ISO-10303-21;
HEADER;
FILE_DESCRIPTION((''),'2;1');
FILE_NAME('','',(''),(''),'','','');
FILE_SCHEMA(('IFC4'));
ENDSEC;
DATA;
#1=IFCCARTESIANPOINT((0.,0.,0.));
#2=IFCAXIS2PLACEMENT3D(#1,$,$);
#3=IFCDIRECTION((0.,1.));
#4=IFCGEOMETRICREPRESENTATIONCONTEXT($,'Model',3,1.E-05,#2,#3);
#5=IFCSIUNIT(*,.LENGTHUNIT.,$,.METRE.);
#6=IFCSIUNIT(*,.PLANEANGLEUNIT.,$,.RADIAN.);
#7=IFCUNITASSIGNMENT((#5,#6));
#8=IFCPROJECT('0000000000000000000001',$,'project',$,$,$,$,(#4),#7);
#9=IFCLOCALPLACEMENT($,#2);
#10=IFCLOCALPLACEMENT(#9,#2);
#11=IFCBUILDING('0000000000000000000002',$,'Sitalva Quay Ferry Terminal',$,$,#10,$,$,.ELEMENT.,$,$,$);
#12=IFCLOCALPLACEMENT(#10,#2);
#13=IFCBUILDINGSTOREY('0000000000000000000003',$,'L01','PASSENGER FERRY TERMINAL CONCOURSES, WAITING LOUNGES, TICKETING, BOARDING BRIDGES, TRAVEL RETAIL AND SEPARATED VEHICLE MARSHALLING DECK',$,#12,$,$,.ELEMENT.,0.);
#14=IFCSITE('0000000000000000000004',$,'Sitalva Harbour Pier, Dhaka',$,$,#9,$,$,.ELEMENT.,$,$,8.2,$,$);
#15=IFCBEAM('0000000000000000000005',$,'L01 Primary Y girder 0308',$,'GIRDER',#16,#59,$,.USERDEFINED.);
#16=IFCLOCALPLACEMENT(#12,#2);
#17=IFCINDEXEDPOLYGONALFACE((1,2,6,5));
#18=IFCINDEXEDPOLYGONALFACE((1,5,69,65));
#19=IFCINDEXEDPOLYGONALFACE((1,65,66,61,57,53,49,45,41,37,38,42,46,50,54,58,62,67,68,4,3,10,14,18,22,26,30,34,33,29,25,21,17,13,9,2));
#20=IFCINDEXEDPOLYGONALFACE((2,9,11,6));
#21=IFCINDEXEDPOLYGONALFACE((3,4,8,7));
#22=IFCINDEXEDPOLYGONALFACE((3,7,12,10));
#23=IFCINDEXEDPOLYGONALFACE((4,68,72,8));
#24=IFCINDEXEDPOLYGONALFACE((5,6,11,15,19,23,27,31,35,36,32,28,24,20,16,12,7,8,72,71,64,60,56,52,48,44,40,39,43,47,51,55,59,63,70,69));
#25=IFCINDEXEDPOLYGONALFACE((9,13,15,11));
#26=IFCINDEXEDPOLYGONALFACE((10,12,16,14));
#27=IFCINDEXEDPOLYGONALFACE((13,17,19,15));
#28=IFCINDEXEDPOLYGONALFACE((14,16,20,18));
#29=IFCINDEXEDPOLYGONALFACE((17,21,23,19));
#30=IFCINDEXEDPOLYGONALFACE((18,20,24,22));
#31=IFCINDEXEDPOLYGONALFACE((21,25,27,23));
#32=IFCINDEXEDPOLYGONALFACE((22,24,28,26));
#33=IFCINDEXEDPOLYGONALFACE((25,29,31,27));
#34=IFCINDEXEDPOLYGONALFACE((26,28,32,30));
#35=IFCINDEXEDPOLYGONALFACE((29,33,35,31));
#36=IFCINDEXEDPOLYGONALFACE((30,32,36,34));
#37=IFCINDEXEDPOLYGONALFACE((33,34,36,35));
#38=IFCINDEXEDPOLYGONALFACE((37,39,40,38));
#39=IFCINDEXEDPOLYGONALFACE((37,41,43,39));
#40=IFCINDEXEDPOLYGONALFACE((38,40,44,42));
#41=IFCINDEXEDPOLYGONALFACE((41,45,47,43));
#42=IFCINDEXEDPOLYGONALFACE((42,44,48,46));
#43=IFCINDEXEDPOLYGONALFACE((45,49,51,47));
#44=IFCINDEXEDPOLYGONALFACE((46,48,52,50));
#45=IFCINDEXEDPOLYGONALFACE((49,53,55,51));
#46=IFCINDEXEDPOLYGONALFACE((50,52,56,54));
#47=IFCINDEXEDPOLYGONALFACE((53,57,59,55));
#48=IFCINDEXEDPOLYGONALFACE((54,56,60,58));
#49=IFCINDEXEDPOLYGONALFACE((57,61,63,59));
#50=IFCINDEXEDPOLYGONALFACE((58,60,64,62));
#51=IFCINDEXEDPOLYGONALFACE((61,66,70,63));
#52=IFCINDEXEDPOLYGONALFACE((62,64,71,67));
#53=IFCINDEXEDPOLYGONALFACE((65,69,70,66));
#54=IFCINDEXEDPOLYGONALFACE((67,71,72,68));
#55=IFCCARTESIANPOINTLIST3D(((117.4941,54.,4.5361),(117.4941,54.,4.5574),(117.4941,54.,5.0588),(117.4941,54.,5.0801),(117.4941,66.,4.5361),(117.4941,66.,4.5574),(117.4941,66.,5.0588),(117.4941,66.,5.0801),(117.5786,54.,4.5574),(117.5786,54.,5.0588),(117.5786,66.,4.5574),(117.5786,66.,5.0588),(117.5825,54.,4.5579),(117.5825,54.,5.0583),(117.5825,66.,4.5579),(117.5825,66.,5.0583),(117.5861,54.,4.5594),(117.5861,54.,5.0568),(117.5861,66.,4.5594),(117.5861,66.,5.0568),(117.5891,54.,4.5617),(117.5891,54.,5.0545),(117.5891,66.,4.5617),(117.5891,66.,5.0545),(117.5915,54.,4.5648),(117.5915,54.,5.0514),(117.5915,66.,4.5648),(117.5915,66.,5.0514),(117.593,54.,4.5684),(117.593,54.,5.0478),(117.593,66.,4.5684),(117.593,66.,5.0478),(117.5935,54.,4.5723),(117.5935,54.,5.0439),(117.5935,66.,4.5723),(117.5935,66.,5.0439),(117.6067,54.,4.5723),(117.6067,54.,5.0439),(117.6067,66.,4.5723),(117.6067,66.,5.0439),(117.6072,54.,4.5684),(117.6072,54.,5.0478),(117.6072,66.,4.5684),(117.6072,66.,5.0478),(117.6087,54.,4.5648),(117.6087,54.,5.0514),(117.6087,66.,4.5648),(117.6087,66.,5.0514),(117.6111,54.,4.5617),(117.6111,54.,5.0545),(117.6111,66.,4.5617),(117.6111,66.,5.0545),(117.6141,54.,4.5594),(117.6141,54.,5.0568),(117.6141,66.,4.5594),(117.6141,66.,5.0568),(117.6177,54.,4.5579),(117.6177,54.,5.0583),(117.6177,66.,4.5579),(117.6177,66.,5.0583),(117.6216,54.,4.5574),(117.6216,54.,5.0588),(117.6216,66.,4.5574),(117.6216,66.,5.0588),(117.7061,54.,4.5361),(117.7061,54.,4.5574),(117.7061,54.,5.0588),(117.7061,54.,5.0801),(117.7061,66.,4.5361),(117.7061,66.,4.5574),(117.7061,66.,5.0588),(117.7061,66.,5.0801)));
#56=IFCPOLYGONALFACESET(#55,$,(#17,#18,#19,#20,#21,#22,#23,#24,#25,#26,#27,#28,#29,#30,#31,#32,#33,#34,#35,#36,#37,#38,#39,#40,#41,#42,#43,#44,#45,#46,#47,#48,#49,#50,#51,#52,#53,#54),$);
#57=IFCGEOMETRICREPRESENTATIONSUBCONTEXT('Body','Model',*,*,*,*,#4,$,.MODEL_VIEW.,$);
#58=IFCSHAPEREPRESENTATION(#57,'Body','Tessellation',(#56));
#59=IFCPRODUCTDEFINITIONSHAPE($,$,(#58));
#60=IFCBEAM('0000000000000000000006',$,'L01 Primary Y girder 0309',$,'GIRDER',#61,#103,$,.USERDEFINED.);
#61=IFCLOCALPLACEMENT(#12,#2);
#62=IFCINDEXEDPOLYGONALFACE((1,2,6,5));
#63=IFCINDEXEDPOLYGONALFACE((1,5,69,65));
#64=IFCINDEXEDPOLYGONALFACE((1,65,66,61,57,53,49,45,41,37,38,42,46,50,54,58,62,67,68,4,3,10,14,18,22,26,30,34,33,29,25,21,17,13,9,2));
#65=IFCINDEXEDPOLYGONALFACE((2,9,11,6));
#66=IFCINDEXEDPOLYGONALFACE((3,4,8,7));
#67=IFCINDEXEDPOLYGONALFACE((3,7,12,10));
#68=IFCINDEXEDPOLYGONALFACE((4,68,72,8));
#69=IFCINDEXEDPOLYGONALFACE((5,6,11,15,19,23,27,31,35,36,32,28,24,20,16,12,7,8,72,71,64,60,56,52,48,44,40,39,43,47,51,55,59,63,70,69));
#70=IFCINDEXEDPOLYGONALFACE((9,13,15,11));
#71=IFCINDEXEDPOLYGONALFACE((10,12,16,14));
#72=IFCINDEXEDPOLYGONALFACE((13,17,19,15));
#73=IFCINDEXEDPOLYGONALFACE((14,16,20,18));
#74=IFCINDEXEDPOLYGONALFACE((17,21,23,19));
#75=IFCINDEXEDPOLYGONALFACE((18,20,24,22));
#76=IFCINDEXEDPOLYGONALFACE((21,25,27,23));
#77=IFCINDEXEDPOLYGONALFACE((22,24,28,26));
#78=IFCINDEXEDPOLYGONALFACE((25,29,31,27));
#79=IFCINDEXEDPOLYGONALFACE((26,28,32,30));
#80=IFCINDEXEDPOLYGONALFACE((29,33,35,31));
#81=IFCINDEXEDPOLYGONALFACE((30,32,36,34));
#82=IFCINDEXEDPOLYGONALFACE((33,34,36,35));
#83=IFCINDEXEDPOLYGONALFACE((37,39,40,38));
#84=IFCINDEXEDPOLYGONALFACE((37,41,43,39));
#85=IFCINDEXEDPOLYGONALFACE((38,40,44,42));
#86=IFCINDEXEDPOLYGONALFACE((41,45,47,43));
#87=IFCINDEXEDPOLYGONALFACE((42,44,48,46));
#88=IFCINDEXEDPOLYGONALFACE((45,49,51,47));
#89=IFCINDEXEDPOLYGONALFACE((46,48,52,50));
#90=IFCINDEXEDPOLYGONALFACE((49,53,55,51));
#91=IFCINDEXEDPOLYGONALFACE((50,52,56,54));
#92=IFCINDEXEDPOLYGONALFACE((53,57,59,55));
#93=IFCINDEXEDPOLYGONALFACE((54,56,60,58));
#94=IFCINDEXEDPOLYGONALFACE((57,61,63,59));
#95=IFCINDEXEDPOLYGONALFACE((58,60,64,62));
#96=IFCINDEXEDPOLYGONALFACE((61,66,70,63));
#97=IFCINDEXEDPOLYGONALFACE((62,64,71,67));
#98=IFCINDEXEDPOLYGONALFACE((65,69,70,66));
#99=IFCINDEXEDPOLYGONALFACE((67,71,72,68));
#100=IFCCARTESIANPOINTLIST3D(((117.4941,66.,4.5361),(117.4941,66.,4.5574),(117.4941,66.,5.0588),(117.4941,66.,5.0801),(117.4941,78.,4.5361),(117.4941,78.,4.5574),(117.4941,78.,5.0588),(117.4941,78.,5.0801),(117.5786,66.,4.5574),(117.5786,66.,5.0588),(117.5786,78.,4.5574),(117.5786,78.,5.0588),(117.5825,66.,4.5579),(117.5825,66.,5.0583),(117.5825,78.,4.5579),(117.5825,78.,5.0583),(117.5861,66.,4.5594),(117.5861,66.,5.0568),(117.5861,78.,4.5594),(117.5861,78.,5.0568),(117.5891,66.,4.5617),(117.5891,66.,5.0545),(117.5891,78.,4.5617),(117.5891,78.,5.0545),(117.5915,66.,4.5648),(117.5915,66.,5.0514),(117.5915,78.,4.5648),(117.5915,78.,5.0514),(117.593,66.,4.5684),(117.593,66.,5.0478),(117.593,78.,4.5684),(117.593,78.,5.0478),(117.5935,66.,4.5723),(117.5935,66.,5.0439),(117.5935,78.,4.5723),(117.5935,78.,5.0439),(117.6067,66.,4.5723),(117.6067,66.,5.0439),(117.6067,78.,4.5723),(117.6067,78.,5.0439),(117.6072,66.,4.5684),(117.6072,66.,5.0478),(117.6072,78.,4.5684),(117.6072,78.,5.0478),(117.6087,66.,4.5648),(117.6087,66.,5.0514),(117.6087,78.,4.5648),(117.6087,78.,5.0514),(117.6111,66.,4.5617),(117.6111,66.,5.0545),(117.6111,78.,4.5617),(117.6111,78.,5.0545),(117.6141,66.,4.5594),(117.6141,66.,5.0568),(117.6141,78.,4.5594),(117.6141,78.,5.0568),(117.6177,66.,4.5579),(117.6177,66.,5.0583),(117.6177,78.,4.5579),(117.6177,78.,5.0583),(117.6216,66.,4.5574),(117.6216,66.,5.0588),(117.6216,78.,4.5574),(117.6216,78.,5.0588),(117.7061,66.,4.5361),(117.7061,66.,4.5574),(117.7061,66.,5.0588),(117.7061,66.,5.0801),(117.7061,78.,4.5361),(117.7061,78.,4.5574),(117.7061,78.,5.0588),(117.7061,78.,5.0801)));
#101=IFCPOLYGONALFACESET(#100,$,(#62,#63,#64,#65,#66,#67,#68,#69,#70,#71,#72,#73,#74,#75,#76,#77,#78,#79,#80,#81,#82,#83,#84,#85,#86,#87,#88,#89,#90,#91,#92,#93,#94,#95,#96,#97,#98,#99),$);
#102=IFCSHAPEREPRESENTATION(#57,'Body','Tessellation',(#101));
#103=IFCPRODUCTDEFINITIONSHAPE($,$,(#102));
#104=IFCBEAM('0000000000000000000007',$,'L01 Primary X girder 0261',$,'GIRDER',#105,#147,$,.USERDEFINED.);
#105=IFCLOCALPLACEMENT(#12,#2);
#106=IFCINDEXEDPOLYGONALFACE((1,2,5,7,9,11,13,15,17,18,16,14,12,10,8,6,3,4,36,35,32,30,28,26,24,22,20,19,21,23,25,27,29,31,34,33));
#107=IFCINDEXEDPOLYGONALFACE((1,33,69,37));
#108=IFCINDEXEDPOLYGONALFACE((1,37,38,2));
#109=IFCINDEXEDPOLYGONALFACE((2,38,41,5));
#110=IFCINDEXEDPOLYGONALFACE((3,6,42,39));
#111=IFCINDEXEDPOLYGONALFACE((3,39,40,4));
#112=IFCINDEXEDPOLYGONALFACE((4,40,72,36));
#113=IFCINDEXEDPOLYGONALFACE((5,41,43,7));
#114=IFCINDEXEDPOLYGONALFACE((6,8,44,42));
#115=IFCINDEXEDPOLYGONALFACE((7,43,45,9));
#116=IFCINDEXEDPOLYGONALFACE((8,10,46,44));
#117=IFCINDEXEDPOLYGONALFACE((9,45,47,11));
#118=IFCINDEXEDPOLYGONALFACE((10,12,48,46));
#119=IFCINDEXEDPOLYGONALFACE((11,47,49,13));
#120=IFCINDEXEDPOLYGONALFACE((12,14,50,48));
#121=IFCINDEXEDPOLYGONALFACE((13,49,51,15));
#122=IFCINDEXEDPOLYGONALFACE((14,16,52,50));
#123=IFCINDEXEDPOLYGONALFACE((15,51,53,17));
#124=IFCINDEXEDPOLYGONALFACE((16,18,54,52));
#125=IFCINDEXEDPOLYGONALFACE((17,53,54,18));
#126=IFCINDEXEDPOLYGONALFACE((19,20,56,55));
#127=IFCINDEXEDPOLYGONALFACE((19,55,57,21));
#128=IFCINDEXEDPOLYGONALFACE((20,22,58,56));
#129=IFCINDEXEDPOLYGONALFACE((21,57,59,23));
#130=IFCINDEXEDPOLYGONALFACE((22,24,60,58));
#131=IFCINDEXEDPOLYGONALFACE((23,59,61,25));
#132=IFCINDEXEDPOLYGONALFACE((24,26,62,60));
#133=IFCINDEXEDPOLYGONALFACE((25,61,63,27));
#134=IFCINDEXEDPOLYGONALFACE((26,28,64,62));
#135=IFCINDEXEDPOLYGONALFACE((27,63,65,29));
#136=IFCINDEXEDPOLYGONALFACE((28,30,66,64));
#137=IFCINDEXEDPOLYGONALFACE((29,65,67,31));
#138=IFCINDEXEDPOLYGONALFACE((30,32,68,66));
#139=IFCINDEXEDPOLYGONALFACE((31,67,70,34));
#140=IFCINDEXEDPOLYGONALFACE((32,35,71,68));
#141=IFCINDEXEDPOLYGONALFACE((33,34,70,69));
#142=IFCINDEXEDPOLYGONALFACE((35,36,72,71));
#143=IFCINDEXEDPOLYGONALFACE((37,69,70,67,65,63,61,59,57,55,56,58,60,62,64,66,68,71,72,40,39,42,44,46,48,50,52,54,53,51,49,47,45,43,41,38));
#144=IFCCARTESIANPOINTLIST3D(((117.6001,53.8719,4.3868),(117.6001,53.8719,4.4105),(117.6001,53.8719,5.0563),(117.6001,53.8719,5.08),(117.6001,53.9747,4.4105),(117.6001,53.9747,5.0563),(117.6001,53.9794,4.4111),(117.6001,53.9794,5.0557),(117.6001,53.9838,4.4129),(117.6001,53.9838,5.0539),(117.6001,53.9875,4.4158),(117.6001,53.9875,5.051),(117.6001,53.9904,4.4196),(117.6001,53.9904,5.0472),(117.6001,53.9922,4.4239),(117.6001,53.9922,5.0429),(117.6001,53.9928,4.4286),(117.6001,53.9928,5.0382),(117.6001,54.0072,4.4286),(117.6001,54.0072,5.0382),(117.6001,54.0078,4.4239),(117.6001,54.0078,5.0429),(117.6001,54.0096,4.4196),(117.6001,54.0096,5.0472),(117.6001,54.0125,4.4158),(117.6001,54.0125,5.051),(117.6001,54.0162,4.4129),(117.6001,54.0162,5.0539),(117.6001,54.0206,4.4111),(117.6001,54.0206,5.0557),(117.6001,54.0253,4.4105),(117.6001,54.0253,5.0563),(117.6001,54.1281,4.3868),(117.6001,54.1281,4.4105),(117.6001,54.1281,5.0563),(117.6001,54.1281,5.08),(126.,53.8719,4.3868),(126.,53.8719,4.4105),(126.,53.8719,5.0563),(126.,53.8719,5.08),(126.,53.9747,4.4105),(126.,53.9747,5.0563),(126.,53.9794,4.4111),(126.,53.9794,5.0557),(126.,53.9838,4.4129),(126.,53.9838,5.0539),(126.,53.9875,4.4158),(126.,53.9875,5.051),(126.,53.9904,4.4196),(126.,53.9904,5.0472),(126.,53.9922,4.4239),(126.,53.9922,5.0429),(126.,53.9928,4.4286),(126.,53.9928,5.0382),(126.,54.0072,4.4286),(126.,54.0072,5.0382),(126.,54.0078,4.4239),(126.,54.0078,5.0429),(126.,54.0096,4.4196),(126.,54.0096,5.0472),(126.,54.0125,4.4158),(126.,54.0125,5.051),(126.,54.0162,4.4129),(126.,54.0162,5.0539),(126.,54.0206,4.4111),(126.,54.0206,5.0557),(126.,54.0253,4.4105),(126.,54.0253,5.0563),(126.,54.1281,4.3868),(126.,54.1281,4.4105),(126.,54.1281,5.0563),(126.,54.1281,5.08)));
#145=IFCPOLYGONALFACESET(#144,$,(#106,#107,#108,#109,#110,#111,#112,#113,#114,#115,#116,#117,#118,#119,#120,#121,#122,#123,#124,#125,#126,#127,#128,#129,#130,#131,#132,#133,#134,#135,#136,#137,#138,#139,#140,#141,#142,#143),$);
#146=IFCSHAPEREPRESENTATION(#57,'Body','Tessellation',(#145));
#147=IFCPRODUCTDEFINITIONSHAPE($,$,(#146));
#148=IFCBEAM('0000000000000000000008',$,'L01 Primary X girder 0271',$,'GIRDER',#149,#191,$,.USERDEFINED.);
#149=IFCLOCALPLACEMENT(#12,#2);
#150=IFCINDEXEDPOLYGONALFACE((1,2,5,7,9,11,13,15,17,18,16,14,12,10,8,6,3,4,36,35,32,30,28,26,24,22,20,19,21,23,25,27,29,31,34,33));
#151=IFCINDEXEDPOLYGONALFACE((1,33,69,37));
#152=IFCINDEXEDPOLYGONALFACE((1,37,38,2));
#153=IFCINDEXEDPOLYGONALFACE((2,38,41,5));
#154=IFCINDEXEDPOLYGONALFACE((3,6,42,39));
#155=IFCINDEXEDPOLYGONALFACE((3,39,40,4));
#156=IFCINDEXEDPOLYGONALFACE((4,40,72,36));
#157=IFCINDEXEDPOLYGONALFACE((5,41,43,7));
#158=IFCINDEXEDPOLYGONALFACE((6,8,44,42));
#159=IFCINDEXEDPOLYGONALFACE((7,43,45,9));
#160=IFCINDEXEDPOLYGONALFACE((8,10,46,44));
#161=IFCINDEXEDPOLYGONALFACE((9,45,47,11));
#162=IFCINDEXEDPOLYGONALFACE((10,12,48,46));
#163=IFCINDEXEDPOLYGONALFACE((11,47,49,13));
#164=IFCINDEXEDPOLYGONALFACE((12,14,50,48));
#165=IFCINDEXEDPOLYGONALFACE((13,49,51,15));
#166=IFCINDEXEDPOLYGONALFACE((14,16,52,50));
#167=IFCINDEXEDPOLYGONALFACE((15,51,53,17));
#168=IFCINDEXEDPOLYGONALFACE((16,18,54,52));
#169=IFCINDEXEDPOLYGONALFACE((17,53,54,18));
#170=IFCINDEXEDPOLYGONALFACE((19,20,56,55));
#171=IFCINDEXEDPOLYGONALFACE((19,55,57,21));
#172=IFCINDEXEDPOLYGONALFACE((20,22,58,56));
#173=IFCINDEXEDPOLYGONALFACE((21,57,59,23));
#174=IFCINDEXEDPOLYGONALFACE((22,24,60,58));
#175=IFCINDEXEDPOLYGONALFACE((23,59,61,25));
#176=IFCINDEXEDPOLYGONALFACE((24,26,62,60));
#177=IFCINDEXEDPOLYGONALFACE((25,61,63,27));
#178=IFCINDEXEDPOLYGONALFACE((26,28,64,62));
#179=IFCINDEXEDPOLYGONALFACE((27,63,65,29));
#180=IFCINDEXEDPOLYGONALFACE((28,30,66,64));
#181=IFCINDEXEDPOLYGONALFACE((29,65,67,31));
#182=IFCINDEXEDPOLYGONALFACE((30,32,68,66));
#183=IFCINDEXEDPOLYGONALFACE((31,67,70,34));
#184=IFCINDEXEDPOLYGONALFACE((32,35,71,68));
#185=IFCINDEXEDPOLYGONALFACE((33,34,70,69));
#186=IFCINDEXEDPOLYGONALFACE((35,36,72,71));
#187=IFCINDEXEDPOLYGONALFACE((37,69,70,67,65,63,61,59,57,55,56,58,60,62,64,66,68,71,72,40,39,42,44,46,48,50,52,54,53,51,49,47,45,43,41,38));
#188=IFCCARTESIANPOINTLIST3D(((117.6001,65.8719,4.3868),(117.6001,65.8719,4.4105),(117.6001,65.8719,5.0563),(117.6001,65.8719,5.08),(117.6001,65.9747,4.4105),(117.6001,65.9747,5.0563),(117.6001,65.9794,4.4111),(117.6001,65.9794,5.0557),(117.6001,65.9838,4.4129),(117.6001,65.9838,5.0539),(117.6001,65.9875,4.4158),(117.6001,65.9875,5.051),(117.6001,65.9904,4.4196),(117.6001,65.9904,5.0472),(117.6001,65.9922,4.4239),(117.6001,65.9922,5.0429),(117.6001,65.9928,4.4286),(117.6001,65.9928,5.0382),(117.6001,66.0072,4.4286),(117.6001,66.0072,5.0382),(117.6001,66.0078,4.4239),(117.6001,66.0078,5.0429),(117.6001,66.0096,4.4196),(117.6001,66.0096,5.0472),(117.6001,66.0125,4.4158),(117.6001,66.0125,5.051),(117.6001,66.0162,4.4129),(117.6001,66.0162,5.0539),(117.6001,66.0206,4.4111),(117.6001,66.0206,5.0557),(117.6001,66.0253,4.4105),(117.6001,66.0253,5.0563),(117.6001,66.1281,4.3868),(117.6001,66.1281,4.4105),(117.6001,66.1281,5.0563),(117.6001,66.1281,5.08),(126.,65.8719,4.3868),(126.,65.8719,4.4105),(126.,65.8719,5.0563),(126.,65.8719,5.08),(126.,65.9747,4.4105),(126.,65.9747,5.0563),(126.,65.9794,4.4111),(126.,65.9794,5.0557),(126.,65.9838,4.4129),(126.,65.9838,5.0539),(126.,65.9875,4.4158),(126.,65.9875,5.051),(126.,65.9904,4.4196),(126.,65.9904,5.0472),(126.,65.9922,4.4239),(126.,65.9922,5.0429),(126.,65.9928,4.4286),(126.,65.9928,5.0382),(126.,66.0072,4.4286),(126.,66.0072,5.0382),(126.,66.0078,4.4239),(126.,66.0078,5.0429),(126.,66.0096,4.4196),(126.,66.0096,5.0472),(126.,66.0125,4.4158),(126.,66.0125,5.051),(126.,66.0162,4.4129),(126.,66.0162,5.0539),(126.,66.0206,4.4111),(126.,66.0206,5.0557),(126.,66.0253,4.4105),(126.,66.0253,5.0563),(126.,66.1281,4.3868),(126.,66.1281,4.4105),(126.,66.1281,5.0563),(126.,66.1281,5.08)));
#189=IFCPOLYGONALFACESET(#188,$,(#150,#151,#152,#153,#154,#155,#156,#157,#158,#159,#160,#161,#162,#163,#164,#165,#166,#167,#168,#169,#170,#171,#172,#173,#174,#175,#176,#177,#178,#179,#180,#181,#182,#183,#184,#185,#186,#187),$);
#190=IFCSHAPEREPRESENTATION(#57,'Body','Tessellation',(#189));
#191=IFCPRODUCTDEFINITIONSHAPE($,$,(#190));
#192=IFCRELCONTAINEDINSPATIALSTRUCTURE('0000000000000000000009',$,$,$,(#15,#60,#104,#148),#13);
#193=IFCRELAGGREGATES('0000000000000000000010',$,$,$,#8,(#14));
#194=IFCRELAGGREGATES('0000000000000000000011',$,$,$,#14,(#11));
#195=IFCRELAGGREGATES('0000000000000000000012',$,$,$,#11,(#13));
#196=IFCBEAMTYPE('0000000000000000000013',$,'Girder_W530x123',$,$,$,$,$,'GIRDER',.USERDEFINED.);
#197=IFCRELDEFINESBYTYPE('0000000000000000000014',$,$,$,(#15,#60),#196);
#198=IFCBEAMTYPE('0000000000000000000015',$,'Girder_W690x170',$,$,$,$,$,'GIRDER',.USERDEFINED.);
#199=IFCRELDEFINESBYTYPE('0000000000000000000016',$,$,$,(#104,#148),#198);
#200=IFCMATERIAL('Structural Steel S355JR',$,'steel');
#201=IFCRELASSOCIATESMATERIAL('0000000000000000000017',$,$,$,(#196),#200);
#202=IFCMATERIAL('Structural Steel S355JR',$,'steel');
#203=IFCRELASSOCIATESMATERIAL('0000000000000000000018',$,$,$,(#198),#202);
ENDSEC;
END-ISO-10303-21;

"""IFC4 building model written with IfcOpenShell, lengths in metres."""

from ifc_helpers import new_model, si_unit, direction, frame, origin, origin_2d, place, context, subcontext, project, spatial, i_section, extrude, material, material_profile, profile_set, type_object, element, save


model = new_model("IFC4")

# Units and contexts
model_context = context("Model", 3, precision=1e-05, world=origin(), true_north=direction((0.0, 1.0)))
body_context = subcontext(model_context, "Body", "Model", "MODEL_VIEW")
ifc_project = project(units=[si_unit("LENGTHUNIT", "METRE"), si_unit("PLANEANGLEUNIT", "RADIAN")], contexts=[model_context])

# Site, building, storey
site_placement = place(None, origin())
site = spatial("IfcSite", under=ifc_project, at=site_placement, Name="Sitalva Harbour Pier, Dhaka", CompositionType="ELEMENT", RefElevation=8.2)
building_placement = place(site_placement, origin())
building = spatial("IfcBuilding", under=site, at=building_placement, Name="Sitalva Quay Ferry Terminal", CompositionType="ELEMENT")
storey_placement = place(building_placement, origin())
storey = spatial("IfcBuildingStorey", under=building, at=storey_placement, Name="L01", Description="PASSENGER FERRY TERMINAL CONCOURSES, WAITING LOUNGES, TICKETING, BOARDING BRIDGES, TRAVEL RETAIL AND SEPARATED VEHICLE MARSHALLING DECK", CompositionType="ELEMENT", Elevation=0.0)

# Beams
ifc_material_1 = material(Name="Structural Steel S355JR", Category="steel")
ifc_material_profile_1 = material_profile(ifc_material_1, i_section(OverallWidth=0.2119, OverallDepth=0.5439, WebThickness=0.0132, FlangeThickness=0.0212, FilletRadius=0.0149, at=origin_2d()), Name="W530x123")
ifc_profile_set_1 = profile_set([ifc_material_profile_1], Name="Structural Steel S355JR")
beam_type_1 = type_object("IfcBeamType", Name="Girder_W530x123", ElementType="GIRDER", PredefinedType="USERDEFINED", material=ifc_profile_set_1)
for number, where, z_axis, x_axis, name in (
    (1, (117.6001, 54.0, 4.8081), (0.0, 1.0, 0.0), (-1.0, 0.0, 0.0), "L01 Primary Y girder 0308"),
    (2, (117.6001, 66.0, 4.8081), (0.0, 1.0, 0.0), (-1.0, 0.0, 0.0), "L01 Primary Y girder 0309"),
):
    element("IfcBeam", number, at=place(storey_placement, frame(where, z_axis=z_axis, x_axis=x_axis)), inside=storey, type_object=beam_type_1, Name=name, ObjectType="GIRDER", PredefinedType="USERDEFINED", context=body_context, shape_type="SweptSolid", body=[
        extrude(i_section(OverallWidth=0.2119, OverallDepth=0.5439, WebThickness=0.0132, FlangeThickness=0.0212, FilletRadius=0.0149, at=origin_2d()), origin(), (0.0, 0.0, 1.0), 12.0),
    ])
ifc_material_2 = material(Name="Structural Steel S355JR", Category="steel")
ifc_material_profile_2 = material_profile(ifc_material_2, i_section(OverallWidth=0.2561, OverallDepth=0.6931, WebThickness=0.0144, FlangeThickness=0.0237, FilletRadius=0.0181, at=origin_2d()), Name="W690x170")
ifc_profile_set_2 = profile_set([ifc_material_profile_2], Name="Structural Steel S355JR")
beam_type_2 = type_object("IfcBeamType", Name="Girder_W690x170", ElementType="GIRDER", PredefinedType="USERDEFINED", material=ifc_profile_set_2)
for number, where, z_axis, x_axis, name in (
    (3, (117.6001, 54.0, 4.7334), (1.0, 0.0, 0.0), (0.0, 1.0, 0.0), "L01 Primary X girder 0261"),
    (4, (117.6001, 66.0, 4.7334), (1.0, 0.0, 0.0), (0.0, 1.0, 0.0), "L01 Primary X girder 0271"),
):
    element("IfcBeam", number, at=place(storey_placement, frame(where, z_axis=z_axis, x_axis=x_axis)), inside=storey, type_object=beam_type_2, Name=name, ObjectType="GIRDER", PredefinedType="USERDEFINED", context=body_context, shape_type="SweptSolid", body=[
        extrude(i_section(OverallWidth=0.2561, OverallDepth=0.6931, WebThickness=0.0144, FlangeThickness=0.0237, FilletRadius=0.0181, at=origin_2d()), origin(), (0.0, 0.0, 1.0), 8.3999),
    ])

save(model, "model.ifc")
